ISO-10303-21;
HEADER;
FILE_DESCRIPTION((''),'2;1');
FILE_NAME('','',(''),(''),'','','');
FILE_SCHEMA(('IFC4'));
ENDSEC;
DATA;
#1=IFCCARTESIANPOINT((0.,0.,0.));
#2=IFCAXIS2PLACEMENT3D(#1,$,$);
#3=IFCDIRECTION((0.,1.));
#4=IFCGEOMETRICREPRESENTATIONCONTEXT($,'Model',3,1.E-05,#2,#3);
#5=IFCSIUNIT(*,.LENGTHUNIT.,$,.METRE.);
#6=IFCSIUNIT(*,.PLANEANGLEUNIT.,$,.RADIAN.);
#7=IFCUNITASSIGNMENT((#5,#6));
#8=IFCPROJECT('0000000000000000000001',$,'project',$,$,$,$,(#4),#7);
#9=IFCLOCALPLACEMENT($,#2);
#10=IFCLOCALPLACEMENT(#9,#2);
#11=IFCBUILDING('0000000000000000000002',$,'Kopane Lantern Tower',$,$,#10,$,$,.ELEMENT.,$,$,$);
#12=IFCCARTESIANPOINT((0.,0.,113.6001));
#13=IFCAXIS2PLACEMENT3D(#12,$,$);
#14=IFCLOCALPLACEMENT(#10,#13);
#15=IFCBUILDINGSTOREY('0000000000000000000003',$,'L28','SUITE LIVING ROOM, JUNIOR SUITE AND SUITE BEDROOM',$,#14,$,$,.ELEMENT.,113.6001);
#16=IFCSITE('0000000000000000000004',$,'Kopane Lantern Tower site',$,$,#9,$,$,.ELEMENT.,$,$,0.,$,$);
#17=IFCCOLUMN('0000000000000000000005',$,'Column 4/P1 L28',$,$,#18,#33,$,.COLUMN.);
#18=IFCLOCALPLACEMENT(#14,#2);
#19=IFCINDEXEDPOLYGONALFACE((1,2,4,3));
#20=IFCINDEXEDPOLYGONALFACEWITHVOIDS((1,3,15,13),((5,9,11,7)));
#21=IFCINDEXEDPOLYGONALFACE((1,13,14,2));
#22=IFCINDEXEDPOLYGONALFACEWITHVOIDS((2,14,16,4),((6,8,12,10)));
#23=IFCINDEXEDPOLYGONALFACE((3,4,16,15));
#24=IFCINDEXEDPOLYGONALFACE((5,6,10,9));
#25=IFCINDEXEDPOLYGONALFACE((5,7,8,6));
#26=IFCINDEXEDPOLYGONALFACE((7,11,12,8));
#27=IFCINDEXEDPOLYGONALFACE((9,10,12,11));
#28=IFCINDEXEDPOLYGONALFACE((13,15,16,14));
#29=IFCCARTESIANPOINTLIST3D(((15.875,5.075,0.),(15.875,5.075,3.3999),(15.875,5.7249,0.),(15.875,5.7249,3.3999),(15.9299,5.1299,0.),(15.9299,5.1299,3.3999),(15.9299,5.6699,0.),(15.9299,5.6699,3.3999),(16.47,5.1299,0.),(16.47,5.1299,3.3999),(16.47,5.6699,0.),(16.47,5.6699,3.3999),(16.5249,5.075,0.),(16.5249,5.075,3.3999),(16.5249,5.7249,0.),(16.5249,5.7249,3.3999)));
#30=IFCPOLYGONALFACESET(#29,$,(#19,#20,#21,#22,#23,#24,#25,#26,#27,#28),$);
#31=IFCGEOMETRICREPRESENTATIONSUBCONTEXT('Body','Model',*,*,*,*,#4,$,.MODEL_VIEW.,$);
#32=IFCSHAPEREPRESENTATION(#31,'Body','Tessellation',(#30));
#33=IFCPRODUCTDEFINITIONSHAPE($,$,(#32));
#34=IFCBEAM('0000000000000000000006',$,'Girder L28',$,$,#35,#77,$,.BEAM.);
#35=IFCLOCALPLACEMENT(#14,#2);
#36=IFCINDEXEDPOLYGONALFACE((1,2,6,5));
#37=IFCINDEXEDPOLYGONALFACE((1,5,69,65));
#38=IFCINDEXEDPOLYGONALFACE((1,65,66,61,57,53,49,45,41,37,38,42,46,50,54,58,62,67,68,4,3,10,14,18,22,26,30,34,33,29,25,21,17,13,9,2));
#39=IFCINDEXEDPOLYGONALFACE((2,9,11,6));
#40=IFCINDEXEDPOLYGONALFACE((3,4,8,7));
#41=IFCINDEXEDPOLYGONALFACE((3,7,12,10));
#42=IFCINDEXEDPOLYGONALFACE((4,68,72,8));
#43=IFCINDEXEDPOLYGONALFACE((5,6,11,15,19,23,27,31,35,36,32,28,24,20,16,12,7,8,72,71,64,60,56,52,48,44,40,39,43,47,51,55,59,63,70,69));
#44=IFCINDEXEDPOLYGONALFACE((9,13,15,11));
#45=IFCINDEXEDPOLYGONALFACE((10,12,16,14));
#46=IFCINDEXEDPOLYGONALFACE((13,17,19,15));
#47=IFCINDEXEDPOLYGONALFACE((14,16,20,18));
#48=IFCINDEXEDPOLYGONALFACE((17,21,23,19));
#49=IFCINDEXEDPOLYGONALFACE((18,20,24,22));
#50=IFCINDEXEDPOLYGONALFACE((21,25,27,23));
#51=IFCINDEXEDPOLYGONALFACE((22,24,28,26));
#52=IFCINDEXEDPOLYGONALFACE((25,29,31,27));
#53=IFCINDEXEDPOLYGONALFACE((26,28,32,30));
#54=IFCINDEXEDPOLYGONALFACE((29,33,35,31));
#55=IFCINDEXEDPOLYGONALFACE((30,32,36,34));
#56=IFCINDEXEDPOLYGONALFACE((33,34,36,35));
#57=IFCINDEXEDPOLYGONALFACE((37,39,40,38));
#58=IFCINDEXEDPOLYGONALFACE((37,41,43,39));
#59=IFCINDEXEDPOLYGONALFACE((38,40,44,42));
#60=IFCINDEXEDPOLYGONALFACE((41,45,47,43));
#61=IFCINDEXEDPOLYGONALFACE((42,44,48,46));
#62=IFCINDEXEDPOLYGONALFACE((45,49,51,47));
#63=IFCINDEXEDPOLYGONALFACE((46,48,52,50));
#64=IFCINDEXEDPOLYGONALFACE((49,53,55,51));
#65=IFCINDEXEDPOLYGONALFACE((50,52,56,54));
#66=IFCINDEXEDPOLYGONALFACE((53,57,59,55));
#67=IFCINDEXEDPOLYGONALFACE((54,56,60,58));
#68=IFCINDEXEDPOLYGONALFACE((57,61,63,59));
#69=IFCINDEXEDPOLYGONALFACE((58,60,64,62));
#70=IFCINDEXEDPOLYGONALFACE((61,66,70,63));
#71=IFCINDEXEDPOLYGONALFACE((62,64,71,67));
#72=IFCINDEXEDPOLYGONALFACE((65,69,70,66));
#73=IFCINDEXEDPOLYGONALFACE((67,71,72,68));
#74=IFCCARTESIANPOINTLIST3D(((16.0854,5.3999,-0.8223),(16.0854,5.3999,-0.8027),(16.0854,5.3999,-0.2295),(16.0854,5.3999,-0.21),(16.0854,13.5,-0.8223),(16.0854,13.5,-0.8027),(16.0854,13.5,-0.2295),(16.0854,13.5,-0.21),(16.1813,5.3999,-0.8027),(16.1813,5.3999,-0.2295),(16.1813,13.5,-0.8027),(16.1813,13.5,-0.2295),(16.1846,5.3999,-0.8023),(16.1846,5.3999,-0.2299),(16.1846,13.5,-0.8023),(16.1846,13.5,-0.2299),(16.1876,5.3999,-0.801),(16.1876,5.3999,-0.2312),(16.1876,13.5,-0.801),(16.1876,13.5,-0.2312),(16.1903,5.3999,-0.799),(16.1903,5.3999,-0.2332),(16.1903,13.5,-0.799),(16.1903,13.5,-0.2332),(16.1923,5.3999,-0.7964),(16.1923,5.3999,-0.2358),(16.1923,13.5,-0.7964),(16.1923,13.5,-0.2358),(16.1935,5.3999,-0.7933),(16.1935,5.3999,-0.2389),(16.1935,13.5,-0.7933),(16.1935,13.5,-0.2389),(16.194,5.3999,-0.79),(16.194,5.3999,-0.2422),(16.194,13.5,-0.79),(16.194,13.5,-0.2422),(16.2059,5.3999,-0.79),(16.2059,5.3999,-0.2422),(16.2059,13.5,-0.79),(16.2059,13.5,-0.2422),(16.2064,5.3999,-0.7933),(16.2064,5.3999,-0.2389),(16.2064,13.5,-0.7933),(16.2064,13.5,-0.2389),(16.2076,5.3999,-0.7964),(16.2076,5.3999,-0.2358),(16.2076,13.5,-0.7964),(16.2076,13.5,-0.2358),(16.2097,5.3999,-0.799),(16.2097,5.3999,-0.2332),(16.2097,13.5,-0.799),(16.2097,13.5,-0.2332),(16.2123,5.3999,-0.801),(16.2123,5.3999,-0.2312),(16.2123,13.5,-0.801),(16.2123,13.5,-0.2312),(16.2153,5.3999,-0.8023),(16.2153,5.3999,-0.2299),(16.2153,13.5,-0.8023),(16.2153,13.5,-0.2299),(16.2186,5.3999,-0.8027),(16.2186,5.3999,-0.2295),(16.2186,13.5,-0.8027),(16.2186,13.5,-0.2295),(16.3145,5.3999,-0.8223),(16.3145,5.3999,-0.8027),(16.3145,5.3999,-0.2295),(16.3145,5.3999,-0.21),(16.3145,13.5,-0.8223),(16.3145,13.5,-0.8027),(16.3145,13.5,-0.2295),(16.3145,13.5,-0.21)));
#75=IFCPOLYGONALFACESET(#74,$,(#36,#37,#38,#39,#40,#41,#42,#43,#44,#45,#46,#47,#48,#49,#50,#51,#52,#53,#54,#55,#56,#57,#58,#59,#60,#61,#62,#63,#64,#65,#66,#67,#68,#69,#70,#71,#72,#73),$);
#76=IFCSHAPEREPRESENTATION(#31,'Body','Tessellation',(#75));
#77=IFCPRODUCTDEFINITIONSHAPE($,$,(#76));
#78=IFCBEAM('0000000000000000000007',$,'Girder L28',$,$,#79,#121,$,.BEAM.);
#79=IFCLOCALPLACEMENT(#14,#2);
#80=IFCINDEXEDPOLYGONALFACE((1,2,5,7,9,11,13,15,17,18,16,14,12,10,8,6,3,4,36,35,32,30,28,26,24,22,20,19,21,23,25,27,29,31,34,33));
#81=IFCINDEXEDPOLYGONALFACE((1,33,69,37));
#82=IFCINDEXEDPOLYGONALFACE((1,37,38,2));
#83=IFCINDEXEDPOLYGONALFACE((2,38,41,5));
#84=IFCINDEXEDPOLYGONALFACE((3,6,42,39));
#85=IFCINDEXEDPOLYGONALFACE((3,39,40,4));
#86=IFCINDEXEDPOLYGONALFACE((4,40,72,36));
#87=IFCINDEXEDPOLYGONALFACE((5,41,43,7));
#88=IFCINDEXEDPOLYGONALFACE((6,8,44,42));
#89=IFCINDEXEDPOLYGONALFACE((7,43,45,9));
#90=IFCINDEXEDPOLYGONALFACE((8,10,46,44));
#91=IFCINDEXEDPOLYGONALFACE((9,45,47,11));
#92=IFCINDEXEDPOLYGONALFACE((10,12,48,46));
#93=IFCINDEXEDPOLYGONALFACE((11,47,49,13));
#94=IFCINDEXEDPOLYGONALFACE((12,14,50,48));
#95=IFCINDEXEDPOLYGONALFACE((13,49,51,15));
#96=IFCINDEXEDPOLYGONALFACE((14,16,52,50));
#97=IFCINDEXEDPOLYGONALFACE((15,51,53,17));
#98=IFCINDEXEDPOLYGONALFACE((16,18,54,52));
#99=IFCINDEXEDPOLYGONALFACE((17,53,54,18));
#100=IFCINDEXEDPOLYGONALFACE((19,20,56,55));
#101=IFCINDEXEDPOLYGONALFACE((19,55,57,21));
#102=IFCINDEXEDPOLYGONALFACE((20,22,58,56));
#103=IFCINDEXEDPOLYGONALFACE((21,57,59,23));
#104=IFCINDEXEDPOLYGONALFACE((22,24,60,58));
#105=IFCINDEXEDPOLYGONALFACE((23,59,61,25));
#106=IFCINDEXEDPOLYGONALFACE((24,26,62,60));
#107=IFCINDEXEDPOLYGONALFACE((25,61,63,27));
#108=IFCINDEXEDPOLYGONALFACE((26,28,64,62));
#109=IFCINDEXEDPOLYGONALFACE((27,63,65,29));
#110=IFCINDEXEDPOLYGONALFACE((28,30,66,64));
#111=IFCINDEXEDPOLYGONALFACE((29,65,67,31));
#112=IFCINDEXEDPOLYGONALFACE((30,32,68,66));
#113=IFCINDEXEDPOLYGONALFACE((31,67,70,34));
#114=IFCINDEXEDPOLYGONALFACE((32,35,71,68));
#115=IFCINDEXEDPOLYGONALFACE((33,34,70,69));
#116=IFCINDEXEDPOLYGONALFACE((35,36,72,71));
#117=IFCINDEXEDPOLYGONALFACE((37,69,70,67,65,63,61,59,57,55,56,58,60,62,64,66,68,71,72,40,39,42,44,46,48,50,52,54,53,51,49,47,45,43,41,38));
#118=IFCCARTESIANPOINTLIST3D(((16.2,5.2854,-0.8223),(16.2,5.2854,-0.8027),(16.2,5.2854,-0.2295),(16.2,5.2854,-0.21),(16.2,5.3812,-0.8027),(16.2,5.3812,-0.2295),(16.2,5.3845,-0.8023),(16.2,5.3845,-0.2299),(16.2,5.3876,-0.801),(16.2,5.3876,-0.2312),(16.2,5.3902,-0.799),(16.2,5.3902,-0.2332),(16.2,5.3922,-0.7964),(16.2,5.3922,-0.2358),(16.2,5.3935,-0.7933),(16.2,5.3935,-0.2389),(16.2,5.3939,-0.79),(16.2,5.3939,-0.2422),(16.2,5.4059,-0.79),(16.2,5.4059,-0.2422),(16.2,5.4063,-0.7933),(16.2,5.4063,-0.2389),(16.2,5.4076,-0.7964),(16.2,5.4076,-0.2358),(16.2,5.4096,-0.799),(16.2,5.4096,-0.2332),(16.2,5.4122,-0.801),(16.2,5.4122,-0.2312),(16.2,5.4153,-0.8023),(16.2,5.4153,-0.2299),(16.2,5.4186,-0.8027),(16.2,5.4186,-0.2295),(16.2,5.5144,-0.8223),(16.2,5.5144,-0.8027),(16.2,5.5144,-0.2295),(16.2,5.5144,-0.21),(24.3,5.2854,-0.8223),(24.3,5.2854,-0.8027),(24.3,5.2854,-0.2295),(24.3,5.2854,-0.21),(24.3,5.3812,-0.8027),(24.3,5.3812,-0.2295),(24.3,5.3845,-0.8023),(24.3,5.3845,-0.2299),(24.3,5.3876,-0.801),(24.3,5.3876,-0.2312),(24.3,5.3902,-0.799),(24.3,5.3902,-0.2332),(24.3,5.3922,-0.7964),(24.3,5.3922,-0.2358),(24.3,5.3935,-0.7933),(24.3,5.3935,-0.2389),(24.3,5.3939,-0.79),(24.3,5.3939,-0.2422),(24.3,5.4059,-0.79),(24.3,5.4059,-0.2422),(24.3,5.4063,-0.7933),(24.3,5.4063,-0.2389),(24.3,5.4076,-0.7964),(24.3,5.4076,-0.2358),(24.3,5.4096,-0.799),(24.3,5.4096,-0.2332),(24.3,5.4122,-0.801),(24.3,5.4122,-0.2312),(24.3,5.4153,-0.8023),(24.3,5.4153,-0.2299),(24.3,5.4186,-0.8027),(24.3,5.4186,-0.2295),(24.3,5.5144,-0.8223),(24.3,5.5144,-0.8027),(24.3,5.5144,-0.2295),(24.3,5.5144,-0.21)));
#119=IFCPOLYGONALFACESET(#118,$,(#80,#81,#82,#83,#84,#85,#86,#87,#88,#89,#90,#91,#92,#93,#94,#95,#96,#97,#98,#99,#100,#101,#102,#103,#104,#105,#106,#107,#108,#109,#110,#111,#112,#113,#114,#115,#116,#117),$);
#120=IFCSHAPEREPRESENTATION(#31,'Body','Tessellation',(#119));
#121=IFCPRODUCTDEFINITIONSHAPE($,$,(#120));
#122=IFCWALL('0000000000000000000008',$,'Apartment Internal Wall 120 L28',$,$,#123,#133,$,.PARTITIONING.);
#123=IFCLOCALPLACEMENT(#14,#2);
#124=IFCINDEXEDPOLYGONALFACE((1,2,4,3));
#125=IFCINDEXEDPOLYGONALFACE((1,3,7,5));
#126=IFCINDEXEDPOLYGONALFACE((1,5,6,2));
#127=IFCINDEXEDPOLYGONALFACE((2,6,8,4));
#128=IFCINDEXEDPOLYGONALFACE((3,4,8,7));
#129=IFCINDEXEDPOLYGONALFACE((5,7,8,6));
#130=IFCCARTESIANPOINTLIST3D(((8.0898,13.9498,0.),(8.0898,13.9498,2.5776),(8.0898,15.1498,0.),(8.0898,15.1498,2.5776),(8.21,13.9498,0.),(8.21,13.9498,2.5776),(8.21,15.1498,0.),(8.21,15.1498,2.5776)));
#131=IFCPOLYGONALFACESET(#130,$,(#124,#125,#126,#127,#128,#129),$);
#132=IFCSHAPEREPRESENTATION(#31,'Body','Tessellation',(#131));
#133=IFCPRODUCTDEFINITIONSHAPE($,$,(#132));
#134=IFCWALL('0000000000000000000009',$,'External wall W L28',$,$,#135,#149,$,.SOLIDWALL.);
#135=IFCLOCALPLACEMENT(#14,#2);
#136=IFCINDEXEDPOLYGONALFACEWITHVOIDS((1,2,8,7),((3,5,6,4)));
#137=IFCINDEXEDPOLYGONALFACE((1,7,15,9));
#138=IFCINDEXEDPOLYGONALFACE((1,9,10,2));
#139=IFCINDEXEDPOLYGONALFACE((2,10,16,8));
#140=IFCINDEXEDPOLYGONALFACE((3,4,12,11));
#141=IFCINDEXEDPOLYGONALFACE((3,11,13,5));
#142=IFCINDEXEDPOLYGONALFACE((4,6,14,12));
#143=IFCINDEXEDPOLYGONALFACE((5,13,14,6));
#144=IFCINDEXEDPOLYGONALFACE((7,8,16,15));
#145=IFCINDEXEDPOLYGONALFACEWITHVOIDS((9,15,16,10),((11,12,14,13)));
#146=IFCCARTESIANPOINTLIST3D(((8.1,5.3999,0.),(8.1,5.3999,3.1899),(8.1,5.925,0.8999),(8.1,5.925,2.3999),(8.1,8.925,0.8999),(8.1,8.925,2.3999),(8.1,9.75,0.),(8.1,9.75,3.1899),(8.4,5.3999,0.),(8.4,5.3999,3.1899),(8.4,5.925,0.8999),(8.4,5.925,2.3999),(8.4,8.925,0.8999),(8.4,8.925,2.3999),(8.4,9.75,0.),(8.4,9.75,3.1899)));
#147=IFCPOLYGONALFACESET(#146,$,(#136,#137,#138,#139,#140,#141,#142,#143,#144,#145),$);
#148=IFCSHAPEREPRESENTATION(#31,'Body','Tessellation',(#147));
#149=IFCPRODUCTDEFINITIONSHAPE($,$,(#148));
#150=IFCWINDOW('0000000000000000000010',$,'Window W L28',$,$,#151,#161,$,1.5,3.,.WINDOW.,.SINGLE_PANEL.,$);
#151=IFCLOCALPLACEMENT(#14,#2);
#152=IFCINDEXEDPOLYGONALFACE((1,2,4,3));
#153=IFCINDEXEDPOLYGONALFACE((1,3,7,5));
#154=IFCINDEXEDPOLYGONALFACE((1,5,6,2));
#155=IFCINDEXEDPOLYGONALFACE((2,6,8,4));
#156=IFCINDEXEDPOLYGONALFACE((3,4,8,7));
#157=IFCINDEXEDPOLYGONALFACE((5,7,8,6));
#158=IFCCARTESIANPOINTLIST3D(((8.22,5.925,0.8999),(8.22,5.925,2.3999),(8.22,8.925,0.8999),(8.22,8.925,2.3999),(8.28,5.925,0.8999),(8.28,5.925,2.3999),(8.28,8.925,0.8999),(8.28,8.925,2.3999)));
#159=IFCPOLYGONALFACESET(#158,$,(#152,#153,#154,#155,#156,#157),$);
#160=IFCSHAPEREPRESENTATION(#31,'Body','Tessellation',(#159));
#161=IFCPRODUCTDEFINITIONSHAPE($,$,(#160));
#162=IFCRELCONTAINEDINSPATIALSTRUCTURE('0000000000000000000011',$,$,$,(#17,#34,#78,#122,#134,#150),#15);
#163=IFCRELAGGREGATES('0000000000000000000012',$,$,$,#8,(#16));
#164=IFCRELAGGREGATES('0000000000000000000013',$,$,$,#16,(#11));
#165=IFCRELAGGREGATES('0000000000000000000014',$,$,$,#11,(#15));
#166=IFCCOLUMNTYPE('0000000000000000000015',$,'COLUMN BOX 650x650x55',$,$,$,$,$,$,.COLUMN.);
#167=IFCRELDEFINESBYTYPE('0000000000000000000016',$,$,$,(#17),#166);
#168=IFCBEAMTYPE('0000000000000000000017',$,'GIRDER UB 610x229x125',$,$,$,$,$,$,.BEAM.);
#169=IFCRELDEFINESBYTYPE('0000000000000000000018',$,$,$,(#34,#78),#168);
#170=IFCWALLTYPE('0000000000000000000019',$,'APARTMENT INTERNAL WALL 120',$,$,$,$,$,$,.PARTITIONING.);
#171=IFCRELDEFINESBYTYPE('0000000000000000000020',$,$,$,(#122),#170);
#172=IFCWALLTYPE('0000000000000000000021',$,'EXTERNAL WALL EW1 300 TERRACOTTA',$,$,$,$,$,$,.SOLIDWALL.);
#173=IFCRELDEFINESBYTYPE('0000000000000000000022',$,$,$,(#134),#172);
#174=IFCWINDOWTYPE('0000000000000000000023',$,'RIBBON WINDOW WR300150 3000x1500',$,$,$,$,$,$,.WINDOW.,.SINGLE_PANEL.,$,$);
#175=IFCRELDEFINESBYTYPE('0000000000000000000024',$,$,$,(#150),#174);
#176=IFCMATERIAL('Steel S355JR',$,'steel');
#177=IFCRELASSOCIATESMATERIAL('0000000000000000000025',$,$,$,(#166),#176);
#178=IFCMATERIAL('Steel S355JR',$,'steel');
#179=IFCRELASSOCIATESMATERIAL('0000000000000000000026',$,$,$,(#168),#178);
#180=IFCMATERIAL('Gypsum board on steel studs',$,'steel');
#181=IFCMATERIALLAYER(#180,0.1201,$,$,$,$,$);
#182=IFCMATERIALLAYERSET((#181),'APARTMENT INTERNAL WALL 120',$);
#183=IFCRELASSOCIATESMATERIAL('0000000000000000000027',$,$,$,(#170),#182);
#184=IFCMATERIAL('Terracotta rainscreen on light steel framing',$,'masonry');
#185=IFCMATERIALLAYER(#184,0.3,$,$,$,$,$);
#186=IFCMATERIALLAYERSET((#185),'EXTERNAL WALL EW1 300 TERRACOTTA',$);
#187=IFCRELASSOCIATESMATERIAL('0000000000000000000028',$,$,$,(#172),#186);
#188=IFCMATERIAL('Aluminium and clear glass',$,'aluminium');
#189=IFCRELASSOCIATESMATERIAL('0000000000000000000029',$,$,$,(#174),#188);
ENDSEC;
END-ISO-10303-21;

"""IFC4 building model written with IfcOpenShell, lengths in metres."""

from ifc_helpers import new_model, si_unit, direction, frame, frame_2d, origin, origin_2d, place, context, subcontext, project, spatial, rectangle, hollow_rectangle, i_section, extrude, material, layer, layer_set, material_profile, profile_set, type_object, element, fill, save


model = new_model("IFC4")

# Units and contexts
model_context = context("Model", 3, precision=1e-05, world=origin(), true_north=direction((0.0, 1.0)))
body_context = subcontext(model_context, "Body", "Model", "MODEL_VIEW")
ifc_project = project(units=[si_unit("LENGTHUNIT", "METRE"), si_unit("PLANEANGLEUNIT", "RADIAN")], contexts=[model_context])

# Site, building, storey
site_placement = place(None, origin())
site = spatial("IfcSite", under=ifc_project, at=site_placement, Name="Kopane Lantern Tower site", CompositionType="ELEMENT", RefElevation=0.0)
building_placement = place(site_placement, origin())
building = spatial("IfcBuilding", under=site, at=building_placement, Name="Kopane Lantern Tower", CompositionType="ELEMENT")
storey_placement = place(building_placement, frame((0.0, 0.0, 113.6001)))
storey = spatial("IfcBuildingStorey", under=building, at=storey_placement, Name="L28", Description="SUITE LIVING ROOM, JUNIOR SUITE AND SUITE BEDROOM", CompositionType="ELEMENT", Elevation=113.6001)

# Column
ifc_material_1 = material(Name="Steel S355JR", Category="steel")
ifc_material_profile_1 = material_profile(ifc_material_1, hollow_rectangle(XDim=0.6499, YDim=0.6499, WallThickness=0.0549, at=origin_2d()), Name="BOX 650x650x55")
ifc_profile_set_1 = profile_set([ifc_material_profile_1], Name="Steel S355JR")
column_type = type_object("IfcColumnType", Name="COLUMN BOX 650x650x55", PredefinedType="COLUMN", material=ifc_profile_set_1)
column_placement = place(storey_placement, frame((16.2, 5.3999, 0.0), z_axis=(0.0, 0.0, 1.0), x_axis=(1.0, 0.0, 0.0)))
element("IfcColumn", 1, at=column_placement, inside=storey, type_object=column_type, Name="Column 4/P1 L28", PredefinedType="COLUMN", context=body_context, shape_type="SweptSolid", body=[
    extrude(hollow_rectangle(XDim=0.6499, YDim=0.6499, WallThickness=0.0549, at=origin_2d()), origin(), (0.0, 0.0, 1.0), 3.3999),
])

# Beams
ifc_material_2 = material(Name="Steel S355JR", Category="steel")
ifc_material_profile_2 = material_profile(ifc_material_2, i_section(OverallWidth=0.229, OverallDepth=0.6123, WebThickness=0.012, FlangeThickness=0.0195, FilletRadius=0.0127, at=origin_2d()), Name="UB 610x229x125")
ifc_profile_set_2 = profile_set([ifc_material_profile_2], Name="Steel S355JR")
beam_type = type_object("IfcBeamType", Name="GIRDER UB 610x229x125", PredefinedType="BEAM", material=ifc_profile_set_2)
for number, where, z_axis, x_axis, name in (
    (2, (16.2, 5.3999, -0.5161), (0.0, 1.0, 0.0), (-1.0, 0.0, 0.0), "Girder L28"),
    (3, (16.2, 5.3999, -0.5161), (1.0, 0.0, 0.0), (0.0, 1.0, 0.0), "Girder L28"),
):
    element("IfcBeam", number, at=place(storey_placement, frame(where, z_axis=z_axis, x_axis=x_axis)), inside=storey, type_object=beam_type, Name=name, PredefinedType="BEAM", context=body_context, shape_type="SweptSolid", body=[
        extrude(i_section(OverallWidth=0.229, OverallDepth=0.6123, WebThickness=0.012, FlangeThickness=0.0195, FilletRadius=0.0127, at=origin_2d()), origin(), (0.0, 0.0, 1.0), 8.1001),
    ])

# Wall
ifc_material_3 = material(Name="Gypsum board on steel studs", Category="steel")
ifc_layer_1 = layer(ifc_material_3, 0.1201)
ifc_layer_set_1 = layer_set([ifc_layer_1], Name="APARTMENT INTERNAL WALL 120")
wall_type_1 = type_object("IfcWallType", Name="APARTMENT INTERNAL WALL 120", PredefinedType="PARTITIONING", material=ifc_layer_set_1)
wall_1_placement = place(storey_placement, frame((8.1499, 15.1499, 0.0), z_axis=(0.0, 0.0, 1.0), x_axis=(0.0, -1.0, 0.0)))
element("IfcWall", 4, at=wall_1_placement, inside=storey, type_object=wall_type_1, Name="Apartment Internal Wall 120 L28", PredefinedType="PARTITIONING", context=body_context, shape_type="SweptSolid", body=[
    extrude(rectangle(XDim=1.2, YDim=0.1201, at=frame_2d((0.6001, 0.0))), origin(), (0.0, 0.0, 1.0), 2.5776),
])

# Shared definitions
ifc_material_4 = material(Name="Terracotta rainscreen on light steel framing", Category="masonry")
ifc_layer_2 = layer(ifc_material_4, 0.3)
ifc_layer_set_2 = layer_set([ifc_layer_2], Name="EXTERNAL WALL EW1 300 TERRACOTTA")
wall_type_2 = type_object("IfcWallType", Name="EXTERNAL WALL EW1 300 TERRACOTTA", PredefinedType="SOLIDWALL", material=ifc_layer_set_2)

# Wall, opening, window
wall_2_placement = place(storey_placement, frame((8.25, 9.75, 0.0), z_axis=(0.0, 0.0, 1.0), x_axis=(0.0, -1.0, 0.0)))
wall_2 = element("IfcWall", 5, at=wall_2_placement, inside=storey, type_object=wall_type_2, Name="External wall W L28", PredefinedType="SOLIDWALL", context=body_context, shape_type="SweptSolid", body=[
    extrude(rectangle(XDim=4.3501, YDim=0.3, at=frame_2d((2.175, 0.0))), origin(), (0.0, 0.0, 1.0), 3.1899),
])
opening_1_placement = place(wall_2_placement, frame((0.825, 0.0, 0.8999)))
opening_1 = element("IfcOpeningElement", 6, at=opening_1_placement, cuts=wall_2, PredefinedType="OPENING", context=body_context, shape_type="SweptSolid", body=[
    extrude(rectangle(XDim=3.0, YDim=1.5, at=frame_2d((1.5, 0.75))), frame((0.0, 0.1599, 0.0), z_axis=(0.0, -1.0, 0.0), x_axis=(1.0, 0.0, 0.0)), (0.0, 0.0, 1.0), 0.3201),
])
ifc_material_5 = material(Name="Aluminium and clear glass", Category="aluminium")
window_type_1 = type_object("IfcWindowType", Name="RIBBON WINDOW WR300150 3000x1500", PartitioningType="SINGLE_PANEL", PredefinedType="WINDOW", material=ifc_material_5)
window_1_placement = place(opening_1_placement, origin())
window_1 = element("IfcWindow", 7, at=window_1_placement, inside=storey, type_object=window_type_1, Name="Window W L28", OverallHeight=1.5, OverallWidth=3.0, PartitioningType="SINGLE_PANEL", PredefinedType="WINDOW", context=body_context, shape_type="SweptSolid", body=[
    extrude(rectangle(XDim=3.0, YDim=1.5, at=frame_2d((1.5, 0.75))), frame((0.0, 0.03, 0.0), z_axis=(0.0, -1.0, 0.0), x_axis=(1.0, 0.0, 0.0)), (0.0, 0.0, 1.0), 0.0601),
])
fill(opening_1, window_1)

save(model, "model.ifc")
